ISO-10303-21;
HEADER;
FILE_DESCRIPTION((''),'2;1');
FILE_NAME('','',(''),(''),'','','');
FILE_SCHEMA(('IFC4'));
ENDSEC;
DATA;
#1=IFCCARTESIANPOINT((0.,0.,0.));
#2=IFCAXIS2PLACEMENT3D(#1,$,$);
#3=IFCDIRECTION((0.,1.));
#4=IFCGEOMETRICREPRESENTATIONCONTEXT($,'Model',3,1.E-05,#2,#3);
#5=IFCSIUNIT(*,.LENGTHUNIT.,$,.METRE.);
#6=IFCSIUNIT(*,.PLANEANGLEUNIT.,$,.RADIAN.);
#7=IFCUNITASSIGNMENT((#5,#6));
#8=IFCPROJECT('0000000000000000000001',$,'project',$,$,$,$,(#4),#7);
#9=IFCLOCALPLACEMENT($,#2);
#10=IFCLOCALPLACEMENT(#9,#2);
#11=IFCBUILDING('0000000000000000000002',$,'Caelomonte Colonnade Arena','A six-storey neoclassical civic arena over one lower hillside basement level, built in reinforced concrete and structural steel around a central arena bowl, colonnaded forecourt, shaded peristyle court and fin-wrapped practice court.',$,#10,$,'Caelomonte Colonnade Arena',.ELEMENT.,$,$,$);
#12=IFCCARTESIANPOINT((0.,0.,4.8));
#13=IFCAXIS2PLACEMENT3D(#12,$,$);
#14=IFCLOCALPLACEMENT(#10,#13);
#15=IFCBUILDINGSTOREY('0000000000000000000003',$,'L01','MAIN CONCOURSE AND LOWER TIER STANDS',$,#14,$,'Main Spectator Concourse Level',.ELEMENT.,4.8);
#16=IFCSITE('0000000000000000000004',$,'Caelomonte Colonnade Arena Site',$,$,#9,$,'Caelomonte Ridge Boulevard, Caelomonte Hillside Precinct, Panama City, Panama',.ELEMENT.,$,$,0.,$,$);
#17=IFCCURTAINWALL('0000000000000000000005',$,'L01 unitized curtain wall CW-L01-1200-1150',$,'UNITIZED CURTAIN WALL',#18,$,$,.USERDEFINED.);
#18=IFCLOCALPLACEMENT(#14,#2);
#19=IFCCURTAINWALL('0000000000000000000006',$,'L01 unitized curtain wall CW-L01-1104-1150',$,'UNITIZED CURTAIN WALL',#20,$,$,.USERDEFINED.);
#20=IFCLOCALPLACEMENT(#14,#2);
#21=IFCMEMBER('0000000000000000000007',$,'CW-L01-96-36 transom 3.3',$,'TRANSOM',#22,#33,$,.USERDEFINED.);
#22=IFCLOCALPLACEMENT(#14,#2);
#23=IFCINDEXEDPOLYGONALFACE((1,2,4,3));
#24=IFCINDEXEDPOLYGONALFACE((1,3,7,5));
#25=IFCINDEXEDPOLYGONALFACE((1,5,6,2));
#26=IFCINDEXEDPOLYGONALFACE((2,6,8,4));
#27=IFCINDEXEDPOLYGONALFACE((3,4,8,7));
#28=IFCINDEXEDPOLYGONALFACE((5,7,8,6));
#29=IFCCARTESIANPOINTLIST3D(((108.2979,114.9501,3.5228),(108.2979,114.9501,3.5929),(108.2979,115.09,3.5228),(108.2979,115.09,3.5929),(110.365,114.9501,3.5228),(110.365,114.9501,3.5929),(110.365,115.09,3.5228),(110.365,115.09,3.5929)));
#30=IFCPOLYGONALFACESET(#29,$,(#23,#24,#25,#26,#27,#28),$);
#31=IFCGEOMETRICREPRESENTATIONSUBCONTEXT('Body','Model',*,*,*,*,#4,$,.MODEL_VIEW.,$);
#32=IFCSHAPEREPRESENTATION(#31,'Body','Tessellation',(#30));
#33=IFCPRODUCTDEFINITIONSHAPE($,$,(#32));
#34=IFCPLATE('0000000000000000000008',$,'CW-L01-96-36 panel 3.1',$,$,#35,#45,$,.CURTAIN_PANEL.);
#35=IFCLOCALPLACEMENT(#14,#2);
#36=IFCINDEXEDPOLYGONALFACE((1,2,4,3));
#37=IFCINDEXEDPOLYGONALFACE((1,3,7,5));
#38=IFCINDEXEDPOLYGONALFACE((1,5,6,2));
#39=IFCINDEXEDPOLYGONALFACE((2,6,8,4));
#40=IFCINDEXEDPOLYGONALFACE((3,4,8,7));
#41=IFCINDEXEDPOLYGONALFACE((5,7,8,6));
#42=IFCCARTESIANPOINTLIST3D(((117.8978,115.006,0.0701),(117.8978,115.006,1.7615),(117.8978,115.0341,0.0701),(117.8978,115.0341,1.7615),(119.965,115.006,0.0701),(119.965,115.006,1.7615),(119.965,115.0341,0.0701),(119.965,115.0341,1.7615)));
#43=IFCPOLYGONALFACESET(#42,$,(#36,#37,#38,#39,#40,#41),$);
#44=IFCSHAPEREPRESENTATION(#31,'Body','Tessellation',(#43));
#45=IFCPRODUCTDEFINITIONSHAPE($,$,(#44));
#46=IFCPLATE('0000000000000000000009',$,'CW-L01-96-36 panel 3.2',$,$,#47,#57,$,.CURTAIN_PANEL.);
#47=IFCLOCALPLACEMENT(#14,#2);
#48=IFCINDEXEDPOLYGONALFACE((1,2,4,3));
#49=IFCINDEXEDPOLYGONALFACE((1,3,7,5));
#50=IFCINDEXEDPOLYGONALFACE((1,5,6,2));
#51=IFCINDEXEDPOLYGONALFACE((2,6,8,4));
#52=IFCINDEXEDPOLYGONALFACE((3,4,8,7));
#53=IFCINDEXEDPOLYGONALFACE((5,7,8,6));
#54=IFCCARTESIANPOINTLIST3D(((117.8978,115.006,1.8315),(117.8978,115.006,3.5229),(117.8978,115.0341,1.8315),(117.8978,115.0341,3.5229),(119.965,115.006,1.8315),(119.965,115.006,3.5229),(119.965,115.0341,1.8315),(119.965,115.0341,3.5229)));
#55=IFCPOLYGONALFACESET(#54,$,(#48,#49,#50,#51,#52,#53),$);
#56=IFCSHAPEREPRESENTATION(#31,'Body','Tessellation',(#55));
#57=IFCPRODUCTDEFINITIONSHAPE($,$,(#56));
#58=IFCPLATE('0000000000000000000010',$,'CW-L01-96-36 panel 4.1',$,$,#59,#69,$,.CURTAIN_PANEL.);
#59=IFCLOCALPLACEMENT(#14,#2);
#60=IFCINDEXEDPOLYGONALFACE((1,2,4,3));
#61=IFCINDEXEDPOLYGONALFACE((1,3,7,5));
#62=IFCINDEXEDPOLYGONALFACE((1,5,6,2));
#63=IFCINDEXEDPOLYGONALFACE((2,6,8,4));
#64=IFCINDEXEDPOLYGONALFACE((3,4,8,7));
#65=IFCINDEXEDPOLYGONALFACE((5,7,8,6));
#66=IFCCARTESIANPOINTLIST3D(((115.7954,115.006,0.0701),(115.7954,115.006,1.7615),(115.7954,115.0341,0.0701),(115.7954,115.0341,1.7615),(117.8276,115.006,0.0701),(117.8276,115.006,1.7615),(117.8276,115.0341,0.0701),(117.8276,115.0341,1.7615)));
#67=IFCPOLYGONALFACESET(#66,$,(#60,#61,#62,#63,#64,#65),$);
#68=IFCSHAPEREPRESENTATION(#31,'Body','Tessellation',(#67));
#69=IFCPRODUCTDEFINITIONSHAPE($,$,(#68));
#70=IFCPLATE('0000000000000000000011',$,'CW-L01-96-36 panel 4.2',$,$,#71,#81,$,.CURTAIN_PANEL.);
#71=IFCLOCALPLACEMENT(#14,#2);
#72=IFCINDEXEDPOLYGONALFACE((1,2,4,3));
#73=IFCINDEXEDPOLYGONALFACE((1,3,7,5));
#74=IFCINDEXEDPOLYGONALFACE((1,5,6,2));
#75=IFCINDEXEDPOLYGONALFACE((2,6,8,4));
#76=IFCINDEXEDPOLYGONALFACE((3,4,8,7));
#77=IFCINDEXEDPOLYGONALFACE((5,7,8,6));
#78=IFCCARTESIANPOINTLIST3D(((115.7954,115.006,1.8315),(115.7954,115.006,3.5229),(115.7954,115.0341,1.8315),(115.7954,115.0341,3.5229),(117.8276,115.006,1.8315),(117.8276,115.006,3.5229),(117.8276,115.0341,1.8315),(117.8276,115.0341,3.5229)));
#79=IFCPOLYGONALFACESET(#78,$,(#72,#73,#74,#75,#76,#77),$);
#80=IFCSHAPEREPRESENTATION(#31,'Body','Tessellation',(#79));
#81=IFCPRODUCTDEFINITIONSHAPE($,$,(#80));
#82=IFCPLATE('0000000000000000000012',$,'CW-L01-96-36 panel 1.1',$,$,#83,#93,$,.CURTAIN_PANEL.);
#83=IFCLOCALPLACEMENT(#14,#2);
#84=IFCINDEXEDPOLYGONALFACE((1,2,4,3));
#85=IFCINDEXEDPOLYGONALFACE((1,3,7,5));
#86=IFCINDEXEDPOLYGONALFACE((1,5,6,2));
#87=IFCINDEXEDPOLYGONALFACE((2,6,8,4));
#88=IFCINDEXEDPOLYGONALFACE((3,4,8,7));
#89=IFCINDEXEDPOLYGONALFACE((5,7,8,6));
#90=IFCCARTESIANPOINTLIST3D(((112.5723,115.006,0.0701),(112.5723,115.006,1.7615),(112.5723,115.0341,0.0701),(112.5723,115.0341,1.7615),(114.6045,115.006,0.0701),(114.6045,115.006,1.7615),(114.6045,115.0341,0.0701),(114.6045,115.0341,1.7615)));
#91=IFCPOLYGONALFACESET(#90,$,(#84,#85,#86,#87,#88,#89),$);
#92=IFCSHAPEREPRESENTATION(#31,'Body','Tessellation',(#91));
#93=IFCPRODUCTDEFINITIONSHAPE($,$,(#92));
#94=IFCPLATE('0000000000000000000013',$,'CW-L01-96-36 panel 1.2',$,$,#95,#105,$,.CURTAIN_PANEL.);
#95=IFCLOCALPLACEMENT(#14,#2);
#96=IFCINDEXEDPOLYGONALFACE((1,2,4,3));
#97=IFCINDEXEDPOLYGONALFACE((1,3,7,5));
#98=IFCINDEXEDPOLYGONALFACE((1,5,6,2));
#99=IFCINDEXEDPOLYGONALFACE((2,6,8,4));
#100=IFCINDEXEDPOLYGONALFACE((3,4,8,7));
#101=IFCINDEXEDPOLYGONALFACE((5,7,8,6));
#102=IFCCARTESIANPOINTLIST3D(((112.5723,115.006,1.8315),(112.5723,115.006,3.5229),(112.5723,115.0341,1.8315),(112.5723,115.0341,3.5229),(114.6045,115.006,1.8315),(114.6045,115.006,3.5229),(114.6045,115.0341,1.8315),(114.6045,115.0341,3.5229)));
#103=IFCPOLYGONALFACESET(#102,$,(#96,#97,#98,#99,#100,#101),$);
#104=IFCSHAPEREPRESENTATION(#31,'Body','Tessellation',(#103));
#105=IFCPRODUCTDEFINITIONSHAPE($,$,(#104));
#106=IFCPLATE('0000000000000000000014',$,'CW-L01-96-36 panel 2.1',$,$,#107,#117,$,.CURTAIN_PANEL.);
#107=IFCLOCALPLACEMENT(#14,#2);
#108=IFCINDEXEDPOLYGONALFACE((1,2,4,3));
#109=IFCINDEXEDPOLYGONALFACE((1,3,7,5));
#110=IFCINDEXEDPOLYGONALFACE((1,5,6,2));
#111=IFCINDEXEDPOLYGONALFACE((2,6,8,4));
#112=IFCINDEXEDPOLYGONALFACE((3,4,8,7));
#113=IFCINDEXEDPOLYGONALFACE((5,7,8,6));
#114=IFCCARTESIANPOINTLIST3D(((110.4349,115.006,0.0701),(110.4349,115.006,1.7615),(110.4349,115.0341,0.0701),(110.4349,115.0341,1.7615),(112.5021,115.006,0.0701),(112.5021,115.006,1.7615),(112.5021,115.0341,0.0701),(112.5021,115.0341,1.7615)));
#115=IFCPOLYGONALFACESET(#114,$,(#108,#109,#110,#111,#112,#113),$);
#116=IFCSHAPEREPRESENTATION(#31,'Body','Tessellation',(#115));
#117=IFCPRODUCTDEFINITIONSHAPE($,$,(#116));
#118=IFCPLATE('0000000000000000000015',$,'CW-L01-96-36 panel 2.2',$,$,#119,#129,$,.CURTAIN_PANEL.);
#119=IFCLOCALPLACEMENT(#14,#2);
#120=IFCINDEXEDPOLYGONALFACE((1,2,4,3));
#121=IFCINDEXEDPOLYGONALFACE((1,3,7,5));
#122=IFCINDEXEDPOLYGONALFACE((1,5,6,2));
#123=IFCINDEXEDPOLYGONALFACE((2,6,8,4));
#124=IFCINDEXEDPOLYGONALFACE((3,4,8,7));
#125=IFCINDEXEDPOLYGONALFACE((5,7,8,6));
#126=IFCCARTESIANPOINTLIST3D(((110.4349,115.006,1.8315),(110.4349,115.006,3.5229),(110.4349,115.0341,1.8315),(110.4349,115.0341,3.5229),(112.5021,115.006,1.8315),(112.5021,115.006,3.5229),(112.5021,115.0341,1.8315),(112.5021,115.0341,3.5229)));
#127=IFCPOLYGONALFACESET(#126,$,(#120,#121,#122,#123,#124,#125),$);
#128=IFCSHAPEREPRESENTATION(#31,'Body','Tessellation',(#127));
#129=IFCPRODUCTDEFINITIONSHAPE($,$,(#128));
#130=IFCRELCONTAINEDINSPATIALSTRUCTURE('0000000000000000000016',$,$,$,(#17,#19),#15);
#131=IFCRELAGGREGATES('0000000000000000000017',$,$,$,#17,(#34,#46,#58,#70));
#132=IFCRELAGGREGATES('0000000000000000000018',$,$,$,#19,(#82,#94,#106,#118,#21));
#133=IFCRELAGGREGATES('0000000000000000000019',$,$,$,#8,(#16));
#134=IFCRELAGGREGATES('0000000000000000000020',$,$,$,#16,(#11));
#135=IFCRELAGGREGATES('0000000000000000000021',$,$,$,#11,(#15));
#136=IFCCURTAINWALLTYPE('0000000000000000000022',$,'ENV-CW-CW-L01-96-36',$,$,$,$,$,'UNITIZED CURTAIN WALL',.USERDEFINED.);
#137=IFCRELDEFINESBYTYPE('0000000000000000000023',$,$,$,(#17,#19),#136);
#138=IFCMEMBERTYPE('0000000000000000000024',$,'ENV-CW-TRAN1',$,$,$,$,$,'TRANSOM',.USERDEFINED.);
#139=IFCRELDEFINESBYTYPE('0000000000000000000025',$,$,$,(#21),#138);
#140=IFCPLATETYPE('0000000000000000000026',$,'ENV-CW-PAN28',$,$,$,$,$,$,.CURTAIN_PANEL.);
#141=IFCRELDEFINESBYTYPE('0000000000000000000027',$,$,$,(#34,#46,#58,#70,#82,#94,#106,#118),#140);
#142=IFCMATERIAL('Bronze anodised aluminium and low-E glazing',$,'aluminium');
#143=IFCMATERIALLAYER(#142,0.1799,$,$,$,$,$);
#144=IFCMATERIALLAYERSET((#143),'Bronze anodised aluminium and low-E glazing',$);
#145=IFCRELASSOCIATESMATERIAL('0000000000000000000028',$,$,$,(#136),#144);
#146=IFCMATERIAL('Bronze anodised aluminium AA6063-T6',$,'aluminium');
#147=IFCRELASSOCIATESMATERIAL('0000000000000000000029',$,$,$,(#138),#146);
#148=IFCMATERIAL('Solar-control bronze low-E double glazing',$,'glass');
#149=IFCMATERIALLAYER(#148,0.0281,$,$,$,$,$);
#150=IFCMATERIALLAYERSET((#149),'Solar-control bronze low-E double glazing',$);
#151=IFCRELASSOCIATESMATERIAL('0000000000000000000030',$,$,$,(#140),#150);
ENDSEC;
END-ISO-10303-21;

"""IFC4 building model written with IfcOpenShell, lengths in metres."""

from ifc_helpers import new_model, si_unit, direction, frame, origin, origin_2d, place, context, subcontext, project, spatial, rectangle, extrude, material, layer, layer_set, material_profile, profile_set, type_object, element, aggregate, save


model = new_model("IFC4")

# Units and contexts
model_context = context("Model", 3, precision=1e-05, world=origin(), true_north=direction((0.0, 1.0)))
body_context = subcontext(model_context, "Body", "Model", "MODEL_VIEW")
ifc_project = project(units=[si_unit("LENGTHUNIT", "METRE"), si_unit("PLANEANGLEUNIT", "RADIAN")], contexts=[model_context])

# Site, building, storey
site_placement = place(None, origin())
site = spatial("IfcSite", under=ifc_project, at=site_placement, Name="Caelomonte Colonnade Arena Site", LongName="Caelomonte Ridge Boulevard, Caelomonte Hillside Precinct, Panama City, Panama", CompositionType="ELEMENT", RefElevation=0.0)
building_placement = place(site_placement, origin())
building = spatial("IfcBuilding", under=site, at=building_placement, Name="Caelomonte Colonnade Arena", Description="A six-storey neoclassical civic arena over one lower hillside basement level, built in reinforced concrete and structural steel around a central arena bowl, colonnaded forecourt, shaded peristyle court and fin-wrapped practice court.", LongName="Caelomonte Colonnade Arena", CompositionType="ELEMENT")
storey_placement = place(building_placement, frame((0.0, 0.0, 4.8)))
storey = spatial("IfcBuildingStorey", under=building, at=storey_placement, Name="L01", Description="MAIN CONCOURSE AND LOWER TIER STANDS", LongName="Main Spectator Concourse Level", CompositionType="ELEMENT", Elevation=4.8)

# Curtain walls
ifc_material_1 = material(Name="Bronze anodised aluminium and low-E glazing", Category="aluminium")
ifc_layer_1 = layer(ifc_material_1, 0.1799)
ifc_layer_set_1 = layer_set([ifc_layer_1], Name="Bronze anodised aluminium and low-E glazing")
curtain_wall_type = type_object("IfcCurtainWallType", Name="ENV-CW-CW-L01-96-36", ElementType="UNITIZED CURTAIN WALL", PredefinedType="USERDEFINED", material=ifc_layer_set_1)
curtain_wall_1_placement = place(storey_placement, origin())
curtain_wall_1 = element("IfcCurtainWall", 1, at=curtain_wall_1_placement, inside=storey, type_object=curtain_wall_type, Name="L01 unitized curtain wall CW-L01-1200-1150", ObjectType="UNITIZED CURTAIN WALL", PredefinedType="USERDEFINED")
ifc_material_2 = material(Name="Bronze anodised aluminium AA6063-T6", Category="aluminium")
curtain_wall_2_placement = place(storey_placement, origin())
curtain_wall_2 = element("IfcCurtainWall", 2, at=curtain_wall_2_placement, inside=storey, type_object=curtain_wall_type, Name="L01 unitized curtain wall CW-L01-1104-1150", ObjectType="UNITIZED CURTAIN WALL", PredefinedType="USERDEFINED")

# Member
ifc_material_profile_1 = material_profile(ifc_material_2, rectangle(XDim=0.0701, YDim=0.1399, at=origin_2d()), Name="CWT-70X140")
ifc_profile_set_1 = profile_set([ifc_material_profile_1], Name="Bronze anodised aluminium AA6063-T6")
member_type_1 = type_object("IfcMemberType", Name="ENV-CW-TRAN1", ElementType="TRANSOM", PredefinedType="USERDEFINED", material=ifc_profile_set_1)
member_1_placement = place(storey_placement, frame((110.365, 115.02, 3.5579), z_axis=(-1.0, 0.0, 0.0), x_axis=(0.0, 0.0, 1.0)))
member_1 = element("IfcMember", 3, at=member_1_placement, type_object=member_type_1, Name="CW-L01-96-36 transom 3.3", ObjectType="TRANSOM", PredefinedType="USERDEFINED", context=body_context, shape_type="SweptSolid", body=[
    extrude(rectangle(XDim=0.0701, YDim=0.1399, at=origin_2d()), origin(), (0.0, 0.0, 1.0), 2.0671),
])

# Plates
ifc_material_3 = material(Name="Solar-control bronze low-E double glazing", Category="glass")
ifc_layer_2 = layer(ifc_material_3, 0.0281)
ifc_layer_set_2 = layer_set([ifc_layer_2], Name="Solar-control bronze low-E double glazing")
plate_type = type_object("IfcPlateType", Name="ENV-CW-PAN28", PredefinedType="CURTAIN_PANEL", material=ifc_layer_set_2)
plate_1_placement = place(storey_placement, frame((118.9314, 115.02, 0.0701), z_axis=(0.0, 0.0, 1.0), x_axis=(-1.0, 0.0, 0.0)))
plate_1 = element("IfcPlate", 4, at=plate_1_placement, type_object=plate_type, Name="CW-L01-96-36 panel 3.1", PredefinedType="CURTAIN_PANEL", context=body_context, shape_type="SweptSolid", body=[
    extrude(rectangle(XDim=2.0671, YDim=0.0281, at=origin_2d()), origin(), (0.0, 0.0, 1.0), 1.6914),
])
plate_2_placement = place(storey_placement, frame((118.9314, 115.02, 1.8315), z_axis=(0.0, 0.0, 1.0), x_axis=(-1.0, 0.0, 0.0)))
plate_2 = element("IfcPlate", 5, at=plate_2_placement, type_object=plate_type, Name="CW-L01-96-36 panel 3.2", PredefinedType="CURTAIN_PANEL", context=body_context, shape_type="SweptSolid", body=[
    extrude(rectangle(XDim=2.0671, YDim=0.0281, at=origin_2d()), origin(), (0.0, 0.0, 1.0), 1.6914),
])
plate_3_placement = place(storey_placement, frame((116.8115, 115.02, 0.0701), z_axis=(0.0, 0.0, 1.0), x_axis=(-1.0, 0.0, 0.0)))
plate_3 = element("IfcPlate", 6, at=plate_3_placement, type_object=plate_type, Name="CW-L01-96-36 panel 4.1", PredefinedType="CURTAIN_PANEL", context=body_context, shape_type="SweptSolid", body=[
    extrude(rectangle(XDim=2.0322, YDim=0.0281, at=origin_2d()), origin(), (0.0, 0.0, 1.0), 1.6914),
])
plate_4_placement = place(storey_placement, frame((116.8115, 115.02, 1.8315), z_axis=(0.0, 0.0, 1.0), x_axis=(-1.0, 0.0, 0.0)))
plate_4 = element("IfcPlate", 7, at=plate_4_placement, type_object=plate_type, Name="CW-L01-96-36 panel 4.2", PredefinedType="CURTAIN_PANEL", context=body_context, shape_type="SweptSolid", body=[
    extrude(rectangle(XDim=2.0322, YDim=0.0281, at=origin_2d()), origin(), (0.0, 0.0, 1.0), 1.6914),
])
aggregate(curtain_wall_1, [plate_1, plate_2, plate_3, plate_4])
plate_5_placement = place(storey_placement, frame((113.5884, 115.02, 0.0701), z_axis=(0.0, 0.0, 1.0), x_axis=(-1.0, 0.0, 0.0)))
plate_5 = element("IfcPlate", 8, at=plate_5_placement, type_object=plate_type, Name="CW-L01-96-36 panel 1.1", PredefinedType="CURTAIN_PANEL", context=body_context, shape_type="SweptSolid", body=[
    extrude(rectangle(XDim=2.0322, YDim=0.0281, at=origin_2d()), origin(), (0.0, 0.0, 1.0), 1.6914),
])
plate_6_placement = place(storey_placement, frame((113.5884, 115.02, 1.8315), z_axis=(0.0, 0.0, 1.0), x_axis=(-1.0, 0.0, 0.0)))
plate_6 = element("IfcPlate", 9, at=plate_6_placement, type_object=plate_type, Name="CW-L01-96-36 panel 1.2", PredefinedType="CURTAIN_PANEL", context=body_context, shape_type="SweptSolid", body=[
    extrude(rectangle(XDim=2.0322, YDim=0.0281, at=origin_2d()), origin(), (0.0, 0.0, 1.0), 1.6914),
])
plate_7_placement = place(storey_placement, frame((111.4685, 115.02, 0.0701), z_axis=(0.0, 0.0, 1.0), x_axis=(-1.0, 0.0, 0.0)))
plate_7 = element("IfcPlate", 10, at=plate_7_placement, type_object=plate_type, Name="CW-L01-96-36 panel 2.1", PredefinedType="CURTAIN_PANEL", context=body_context, shape_type="SweptSolid", body=[
    extrude(rectangle(XDim=2.0671, YDim=0.0281, at=origin_2d()), origin(), (0.0, 0.0, 1.0), 1.6914),
])
plate_8_placement = place(storey_placement, frame((111.4685, 115.02, 1.8315), z_axis=(0.0, 0.0, 1.0), x_axis=(-1.0, 0.0, 0.0)))
plate_8 = element("IfcPlate", 11, at=plate_8_placement, type_object=plate_type, Name="CW-L01-96-36 panel 2.2", PredefinedType="CURTAIN_PANEL", context=body_context, shape_type="SweptSolid", body=[
    extrude(rectangle(XDim=2.0671, YDim=0.0281, at=origin_2d()), origin(), (0.0, 0.0, 1.0), 1.6914),
])
aggregate(curtain_wall_2, [plate_5, plate_6, plate_7, plate_8, member_1])

save(model, "model.ifc")
